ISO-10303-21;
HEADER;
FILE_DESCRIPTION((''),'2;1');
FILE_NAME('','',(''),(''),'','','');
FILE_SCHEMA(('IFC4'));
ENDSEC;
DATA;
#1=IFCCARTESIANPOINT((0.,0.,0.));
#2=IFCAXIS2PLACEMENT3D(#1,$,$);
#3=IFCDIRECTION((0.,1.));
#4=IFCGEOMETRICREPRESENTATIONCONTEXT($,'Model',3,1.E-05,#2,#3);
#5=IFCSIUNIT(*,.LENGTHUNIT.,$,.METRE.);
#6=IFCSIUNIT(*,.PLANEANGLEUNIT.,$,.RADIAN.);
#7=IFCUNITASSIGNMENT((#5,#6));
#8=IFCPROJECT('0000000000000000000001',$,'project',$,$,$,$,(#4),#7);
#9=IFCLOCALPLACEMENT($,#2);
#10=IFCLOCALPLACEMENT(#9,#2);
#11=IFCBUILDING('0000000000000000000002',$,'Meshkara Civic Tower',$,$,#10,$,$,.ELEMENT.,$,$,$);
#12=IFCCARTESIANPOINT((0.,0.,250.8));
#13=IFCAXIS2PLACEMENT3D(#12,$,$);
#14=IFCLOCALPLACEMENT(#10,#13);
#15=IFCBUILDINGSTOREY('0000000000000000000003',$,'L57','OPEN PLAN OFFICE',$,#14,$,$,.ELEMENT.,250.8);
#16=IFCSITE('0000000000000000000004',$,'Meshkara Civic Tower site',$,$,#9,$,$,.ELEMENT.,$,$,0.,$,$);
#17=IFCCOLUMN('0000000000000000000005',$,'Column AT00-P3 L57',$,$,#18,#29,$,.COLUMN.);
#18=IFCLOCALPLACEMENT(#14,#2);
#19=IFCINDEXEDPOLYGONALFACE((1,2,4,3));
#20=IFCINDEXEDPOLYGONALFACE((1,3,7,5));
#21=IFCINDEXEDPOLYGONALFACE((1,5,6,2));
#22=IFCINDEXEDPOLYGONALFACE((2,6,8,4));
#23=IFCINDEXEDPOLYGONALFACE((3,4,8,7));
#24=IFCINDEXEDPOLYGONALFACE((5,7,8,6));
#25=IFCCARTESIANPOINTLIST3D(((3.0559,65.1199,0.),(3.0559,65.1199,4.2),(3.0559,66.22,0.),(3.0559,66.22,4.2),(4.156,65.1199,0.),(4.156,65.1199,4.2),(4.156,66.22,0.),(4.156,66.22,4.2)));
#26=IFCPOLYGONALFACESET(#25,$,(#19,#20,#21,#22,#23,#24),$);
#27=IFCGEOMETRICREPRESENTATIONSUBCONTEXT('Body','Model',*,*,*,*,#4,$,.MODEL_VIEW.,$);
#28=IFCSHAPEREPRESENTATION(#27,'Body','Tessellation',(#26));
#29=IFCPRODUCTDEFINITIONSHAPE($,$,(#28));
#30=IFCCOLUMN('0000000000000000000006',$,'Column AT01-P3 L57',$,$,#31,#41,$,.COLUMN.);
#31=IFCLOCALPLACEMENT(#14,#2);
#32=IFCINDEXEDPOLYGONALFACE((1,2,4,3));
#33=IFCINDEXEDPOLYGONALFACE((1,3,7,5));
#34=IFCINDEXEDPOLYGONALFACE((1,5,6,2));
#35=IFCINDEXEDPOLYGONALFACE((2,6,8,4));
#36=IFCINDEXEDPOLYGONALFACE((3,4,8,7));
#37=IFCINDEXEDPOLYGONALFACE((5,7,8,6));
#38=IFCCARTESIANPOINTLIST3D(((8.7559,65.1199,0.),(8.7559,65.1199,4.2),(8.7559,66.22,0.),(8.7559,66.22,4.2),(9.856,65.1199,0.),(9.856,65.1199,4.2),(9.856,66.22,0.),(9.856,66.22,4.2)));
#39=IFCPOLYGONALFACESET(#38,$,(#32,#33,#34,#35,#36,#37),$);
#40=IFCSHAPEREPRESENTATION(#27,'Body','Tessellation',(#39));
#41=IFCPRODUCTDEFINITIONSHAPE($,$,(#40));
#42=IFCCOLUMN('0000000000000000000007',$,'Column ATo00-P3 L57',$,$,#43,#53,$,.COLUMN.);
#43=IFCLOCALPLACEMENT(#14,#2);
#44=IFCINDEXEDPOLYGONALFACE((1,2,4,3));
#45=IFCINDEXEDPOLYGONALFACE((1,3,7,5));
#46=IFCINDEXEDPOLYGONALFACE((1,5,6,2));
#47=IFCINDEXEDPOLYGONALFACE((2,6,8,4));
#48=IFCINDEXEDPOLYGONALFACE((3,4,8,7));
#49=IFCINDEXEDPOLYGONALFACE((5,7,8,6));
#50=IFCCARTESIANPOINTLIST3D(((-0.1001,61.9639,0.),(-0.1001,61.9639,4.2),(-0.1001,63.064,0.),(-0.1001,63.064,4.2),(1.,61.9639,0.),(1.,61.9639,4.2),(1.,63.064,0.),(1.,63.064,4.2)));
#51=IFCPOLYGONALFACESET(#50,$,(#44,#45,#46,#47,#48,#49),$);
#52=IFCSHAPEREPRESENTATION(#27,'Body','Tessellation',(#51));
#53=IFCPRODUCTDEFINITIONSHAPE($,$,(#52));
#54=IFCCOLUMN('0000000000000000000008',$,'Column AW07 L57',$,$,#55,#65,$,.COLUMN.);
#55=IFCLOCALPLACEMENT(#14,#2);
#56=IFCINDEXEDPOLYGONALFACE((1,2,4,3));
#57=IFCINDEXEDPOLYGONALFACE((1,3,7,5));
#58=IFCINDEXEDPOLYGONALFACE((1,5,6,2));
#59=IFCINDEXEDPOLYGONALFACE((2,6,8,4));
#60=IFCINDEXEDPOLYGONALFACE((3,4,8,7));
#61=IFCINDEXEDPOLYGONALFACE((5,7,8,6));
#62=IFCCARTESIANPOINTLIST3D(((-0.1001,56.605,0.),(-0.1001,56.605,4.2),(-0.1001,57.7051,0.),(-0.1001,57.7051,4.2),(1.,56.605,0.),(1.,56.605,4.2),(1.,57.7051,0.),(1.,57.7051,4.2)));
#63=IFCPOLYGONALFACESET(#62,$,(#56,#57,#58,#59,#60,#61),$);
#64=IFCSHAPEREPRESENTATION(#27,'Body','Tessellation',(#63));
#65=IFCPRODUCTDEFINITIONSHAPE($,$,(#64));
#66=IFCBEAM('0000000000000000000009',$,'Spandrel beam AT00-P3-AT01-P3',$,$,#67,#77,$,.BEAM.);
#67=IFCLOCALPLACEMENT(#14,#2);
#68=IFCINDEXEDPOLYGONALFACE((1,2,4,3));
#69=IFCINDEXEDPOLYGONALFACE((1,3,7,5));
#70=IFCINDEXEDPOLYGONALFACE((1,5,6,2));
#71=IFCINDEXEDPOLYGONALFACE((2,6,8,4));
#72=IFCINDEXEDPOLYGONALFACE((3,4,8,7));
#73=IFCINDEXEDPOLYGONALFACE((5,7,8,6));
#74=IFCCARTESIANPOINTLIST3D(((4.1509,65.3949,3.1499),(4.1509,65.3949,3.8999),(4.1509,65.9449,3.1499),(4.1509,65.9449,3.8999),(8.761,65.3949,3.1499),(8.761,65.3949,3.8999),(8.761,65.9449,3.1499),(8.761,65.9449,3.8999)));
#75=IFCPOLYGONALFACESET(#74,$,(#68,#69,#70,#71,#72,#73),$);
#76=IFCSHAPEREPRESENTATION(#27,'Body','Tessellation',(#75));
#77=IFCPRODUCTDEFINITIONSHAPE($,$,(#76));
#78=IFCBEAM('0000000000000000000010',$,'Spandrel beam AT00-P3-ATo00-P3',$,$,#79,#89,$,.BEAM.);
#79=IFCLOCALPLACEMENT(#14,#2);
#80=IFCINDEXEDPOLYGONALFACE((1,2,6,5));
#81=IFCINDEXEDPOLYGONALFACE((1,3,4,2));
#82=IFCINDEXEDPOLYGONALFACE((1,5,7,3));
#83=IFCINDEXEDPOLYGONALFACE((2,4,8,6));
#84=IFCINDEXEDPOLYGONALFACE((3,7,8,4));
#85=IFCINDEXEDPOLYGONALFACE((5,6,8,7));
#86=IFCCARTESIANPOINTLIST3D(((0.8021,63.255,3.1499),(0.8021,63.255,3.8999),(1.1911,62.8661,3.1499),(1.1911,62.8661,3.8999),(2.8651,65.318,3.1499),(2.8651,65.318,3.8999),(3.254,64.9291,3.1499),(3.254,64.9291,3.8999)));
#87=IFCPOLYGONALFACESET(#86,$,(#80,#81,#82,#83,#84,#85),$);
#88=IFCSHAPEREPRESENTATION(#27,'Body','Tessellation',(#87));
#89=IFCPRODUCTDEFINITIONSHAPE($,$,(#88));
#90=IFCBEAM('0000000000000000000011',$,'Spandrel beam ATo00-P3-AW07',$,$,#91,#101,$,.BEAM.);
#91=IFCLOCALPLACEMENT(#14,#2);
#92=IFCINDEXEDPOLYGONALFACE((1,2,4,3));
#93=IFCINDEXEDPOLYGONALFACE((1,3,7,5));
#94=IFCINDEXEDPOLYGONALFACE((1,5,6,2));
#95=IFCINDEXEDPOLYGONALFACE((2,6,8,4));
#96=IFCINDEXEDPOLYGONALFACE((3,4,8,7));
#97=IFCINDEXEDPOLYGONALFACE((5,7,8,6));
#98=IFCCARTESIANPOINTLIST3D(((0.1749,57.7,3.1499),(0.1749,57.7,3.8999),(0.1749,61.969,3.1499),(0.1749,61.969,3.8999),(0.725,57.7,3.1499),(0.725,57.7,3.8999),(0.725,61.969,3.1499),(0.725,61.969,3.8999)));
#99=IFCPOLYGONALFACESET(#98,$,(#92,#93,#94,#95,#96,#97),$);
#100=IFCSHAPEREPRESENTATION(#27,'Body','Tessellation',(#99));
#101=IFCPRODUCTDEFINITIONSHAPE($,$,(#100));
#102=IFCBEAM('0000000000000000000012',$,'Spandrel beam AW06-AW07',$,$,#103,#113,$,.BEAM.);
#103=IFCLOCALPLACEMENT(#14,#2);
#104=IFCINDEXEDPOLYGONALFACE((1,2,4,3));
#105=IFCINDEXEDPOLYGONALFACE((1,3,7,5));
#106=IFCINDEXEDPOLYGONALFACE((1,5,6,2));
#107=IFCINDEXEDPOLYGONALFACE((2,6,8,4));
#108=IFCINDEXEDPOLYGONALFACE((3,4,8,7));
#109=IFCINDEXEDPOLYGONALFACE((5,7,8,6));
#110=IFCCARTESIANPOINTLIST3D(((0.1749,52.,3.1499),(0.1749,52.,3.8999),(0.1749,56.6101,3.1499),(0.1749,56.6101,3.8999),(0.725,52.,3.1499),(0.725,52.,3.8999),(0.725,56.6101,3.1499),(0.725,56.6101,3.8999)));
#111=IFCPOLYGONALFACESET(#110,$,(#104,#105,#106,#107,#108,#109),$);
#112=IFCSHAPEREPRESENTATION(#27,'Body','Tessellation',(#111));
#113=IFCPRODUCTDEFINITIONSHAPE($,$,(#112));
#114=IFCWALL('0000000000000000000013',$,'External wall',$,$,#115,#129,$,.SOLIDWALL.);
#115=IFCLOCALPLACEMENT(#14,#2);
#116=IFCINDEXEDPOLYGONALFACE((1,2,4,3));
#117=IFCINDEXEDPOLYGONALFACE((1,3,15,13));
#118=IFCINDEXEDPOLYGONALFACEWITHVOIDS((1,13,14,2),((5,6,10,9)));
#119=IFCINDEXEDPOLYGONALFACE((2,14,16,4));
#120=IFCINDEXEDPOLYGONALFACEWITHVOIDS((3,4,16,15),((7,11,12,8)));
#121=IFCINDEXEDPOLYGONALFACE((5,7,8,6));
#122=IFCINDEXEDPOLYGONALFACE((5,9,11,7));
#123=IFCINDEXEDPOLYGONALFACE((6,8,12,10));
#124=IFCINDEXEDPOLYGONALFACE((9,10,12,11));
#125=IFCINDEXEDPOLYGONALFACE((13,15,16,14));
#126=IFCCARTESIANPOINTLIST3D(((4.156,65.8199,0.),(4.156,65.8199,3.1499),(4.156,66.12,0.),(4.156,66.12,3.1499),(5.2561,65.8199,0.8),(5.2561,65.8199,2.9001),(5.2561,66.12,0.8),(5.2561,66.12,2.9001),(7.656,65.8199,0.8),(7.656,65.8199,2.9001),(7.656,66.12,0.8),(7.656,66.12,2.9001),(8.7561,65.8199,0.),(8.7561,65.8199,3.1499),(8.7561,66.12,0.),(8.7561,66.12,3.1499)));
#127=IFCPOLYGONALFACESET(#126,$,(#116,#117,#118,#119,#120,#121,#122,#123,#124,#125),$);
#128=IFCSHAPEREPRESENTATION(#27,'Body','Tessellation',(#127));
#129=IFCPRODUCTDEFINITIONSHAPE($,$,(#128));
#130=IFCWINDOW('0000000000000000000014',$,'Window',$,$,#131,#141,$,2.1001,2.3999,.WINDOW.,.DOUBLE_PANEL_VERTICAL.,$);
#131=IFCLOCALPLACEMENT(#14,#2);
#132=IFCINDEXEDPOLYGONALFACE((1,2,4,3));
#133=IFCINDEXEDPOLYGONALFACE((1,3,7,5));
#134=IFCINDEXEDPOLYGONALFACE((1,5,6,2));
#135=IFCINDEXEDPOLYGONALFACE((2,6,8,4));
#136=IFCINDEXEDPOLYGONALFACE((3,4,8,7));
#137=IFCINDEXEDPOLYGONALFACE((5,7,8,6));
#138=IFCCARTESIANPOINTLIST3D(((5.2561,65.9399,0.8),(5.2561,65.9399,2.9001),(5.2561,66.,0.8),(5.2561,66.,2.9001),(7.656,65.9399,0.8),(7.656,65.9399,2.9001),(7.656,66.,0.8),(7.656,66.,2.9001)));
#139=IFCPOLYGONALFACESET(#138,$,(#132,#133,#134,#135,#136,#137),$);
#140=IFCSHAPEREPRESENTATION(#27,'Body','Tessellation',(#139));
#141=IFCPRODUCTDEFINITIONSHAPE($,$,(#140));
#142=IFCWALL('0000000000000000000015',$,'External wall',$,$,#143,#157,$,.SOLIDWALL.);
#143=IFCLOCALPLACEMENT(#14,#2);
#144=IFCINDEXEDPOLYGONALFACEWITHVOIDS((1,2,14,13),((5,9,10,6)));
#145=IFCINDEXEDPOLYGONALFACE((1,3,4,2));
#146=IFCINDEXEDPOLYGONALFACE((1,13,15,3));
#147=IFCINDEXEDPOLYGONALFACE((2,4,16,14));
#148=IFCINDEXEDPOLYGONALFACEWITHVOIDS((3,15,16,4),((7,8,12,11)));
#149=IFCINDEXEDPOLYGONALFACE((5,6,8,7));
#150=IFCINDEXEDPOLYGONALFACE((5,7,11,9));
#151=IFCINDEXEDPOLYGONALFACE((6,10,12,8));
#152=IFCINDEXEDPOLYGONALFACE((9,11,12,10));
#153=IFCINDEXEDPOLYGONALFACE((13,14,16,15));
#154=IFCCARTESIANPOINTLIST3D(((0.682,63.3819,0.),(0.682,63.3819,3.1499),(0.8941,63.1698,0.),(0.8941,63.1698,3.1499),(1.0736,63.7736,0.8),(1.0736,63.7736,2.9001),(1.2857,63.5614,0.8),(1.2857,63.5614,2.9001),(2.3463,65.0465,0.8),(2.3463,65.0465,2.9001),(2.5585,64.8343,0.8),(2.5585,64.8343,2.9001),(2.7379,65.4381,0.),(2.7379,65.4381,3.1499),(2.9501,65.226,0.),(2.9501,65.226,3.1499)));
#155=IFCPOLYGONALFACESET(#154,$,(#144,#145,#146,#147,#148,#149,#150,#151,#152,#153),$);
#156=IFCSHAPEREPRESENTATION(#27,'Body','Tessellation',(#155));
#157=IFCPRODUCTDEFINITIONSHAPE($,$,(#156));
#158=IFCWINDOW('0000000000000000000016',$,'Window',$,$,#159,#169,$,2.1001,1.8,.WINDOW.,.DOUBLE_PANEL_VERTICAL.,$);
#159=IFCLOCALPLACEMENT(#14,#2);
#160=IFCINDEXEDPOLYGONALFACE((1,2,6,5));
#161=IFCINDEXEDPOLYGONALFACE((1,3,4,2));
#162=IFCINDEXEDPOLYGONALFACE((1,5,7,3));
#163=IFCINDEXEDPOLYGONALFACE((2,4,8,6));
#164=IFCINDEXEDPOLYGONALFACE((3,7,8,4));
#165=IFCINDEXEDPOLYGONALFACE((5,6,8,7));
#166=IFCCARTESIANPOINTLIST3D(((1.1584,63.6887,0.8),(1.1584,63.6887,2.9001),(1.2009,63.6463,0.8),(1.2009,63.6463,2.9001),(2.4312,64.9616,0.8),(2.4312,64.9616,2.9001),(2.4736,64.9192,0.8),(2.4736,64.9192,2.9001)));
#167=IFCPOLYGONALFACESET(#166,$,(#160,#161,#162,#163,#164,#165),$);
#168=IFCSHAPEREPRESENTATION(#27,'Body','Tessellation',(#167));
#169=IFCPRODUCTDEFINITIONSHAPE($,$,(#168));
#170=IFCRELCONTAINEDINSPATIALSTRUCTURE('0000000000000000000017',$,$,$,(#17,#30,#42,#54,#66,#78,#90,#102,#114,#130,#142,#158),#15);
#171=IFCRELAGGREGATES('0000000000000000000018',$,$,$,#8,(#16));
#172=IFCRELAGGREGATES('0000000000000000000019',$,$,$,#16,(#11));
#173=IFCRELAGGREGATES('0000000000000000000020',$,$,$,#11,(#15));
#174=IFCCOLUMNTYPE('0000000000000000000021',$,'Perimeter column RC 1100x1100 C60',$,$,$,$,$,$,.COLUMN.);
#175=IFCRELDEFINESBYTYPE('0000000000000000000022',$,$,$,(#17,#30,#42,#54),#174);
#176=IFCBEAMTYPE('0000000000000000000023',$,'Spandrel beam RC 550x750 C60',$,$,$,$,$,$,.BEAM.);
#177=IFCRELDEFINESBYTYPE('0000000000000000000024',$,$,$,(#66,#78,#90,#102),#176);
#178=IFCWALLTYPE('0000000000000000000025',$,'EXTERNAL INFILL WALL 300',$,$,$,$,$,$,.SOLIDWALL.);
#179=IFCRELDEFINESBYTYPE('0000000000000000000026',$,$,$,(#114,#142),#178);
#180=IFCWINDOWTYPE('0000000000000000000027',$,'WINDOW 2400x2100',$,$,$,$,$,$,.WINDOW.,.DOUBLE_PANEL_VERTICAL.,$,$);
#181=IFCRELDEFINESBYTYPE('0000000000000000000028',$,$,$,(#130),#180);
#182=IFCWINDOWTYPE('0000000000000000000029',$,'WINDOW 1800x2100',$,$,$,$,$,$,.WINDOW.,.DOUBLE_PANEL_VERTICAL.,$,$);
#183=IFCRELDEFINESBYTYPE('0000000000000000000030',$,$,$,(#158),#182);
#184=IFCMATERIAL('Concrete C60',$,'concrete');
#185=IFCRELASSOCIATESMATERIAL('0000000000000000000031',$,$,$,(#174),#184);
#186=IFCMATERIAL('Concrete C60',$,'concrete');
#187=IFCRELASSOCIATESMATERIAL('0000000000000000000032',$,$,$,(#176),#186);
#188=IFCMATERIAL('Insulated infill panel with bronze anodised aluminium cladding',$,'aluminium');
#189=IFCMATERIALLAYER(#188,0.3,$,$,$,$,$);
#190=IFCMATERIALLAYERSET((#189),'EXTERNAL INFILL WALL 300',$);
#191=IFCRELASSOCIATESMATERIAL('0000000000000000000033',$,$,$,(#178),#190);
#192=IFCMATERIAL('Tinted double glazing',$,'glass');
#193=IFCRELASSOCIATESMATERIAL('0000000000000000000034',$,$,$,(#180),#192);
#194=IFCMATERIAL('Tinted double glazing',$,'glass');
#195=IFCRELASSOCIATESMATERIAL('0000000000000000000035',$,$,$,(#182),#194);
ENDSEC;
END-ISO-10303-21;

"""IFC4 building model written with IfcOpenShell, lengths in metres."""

from ifc_helpers import new_model, si_unit, direction, frame, frame_2d, origin, origin_2d, place, context, subcontext, project, spatial, rectangle, extrude, material, layer, layer_set, material_profile, profile_set, type_object, element, fill, save


model = new_model("IFC4")

# Units and contexts
model_context = context("Model", 3, precision=1e-05, world=origin(), true_north=direction((0.0, 1.0)))
body_context = subcontext(model_context, "Body", "Model", "MODEL_VIEW")
ifc_project = project(units=[si_unit("LENGTHUNIT", "METRE"), si_unit("PLANEANGLEUNIT", "RADIAN")], contexts=[model_context])

# Site, building, storey
site_placement = place(None, origin())
site = spatial("IfcSite", under=ifc_project, at=site_placement, Name="Meshkara Civic Tower site", CompositionType="ELEMENT", RefElevation=0.0)
building_placement = place(site_placement, origin())
building = spatial("IfcBuilding", under=site, at=building_placement, Name="Meshkara Civic Tower", CompositionType="ELEMENT")
storey_placement = place(building_placement, frame((0.0, 0.0, 250.8)))
storey = spatial("IfcBuildingStorey", under=building, at=storey_placement, Name="L57", Description="OPEN PLAN OFFICE", CompositionType="ELEMENT", Elevation=250.8)

# Columns
ifc_material_1 = material(Name="Concrete C60", Category="concrete")
ifc_material_profile_1 = material_profile(ifc_material_1, rectangle(XDim=1.1001, YDim=1.1001, at=origin_2d()))
ifc_profile_set_1 = profile_set([ifc_material_profile_1], Name="Concrete C60")
column_type = type_object("IfcColumnType", Name="Perimeter column RC 1100x1100 C60", PredefinedType="COLUMN", material=ifc_profile_set_1)
for number, where, z_axis, x_axis, name in (
    (1, (3.606, 65.6699, 0.0), (0.0, 0.0, 1.0), (1.0, 0.0, 0.0), "Column AT00-P3 L57"),
    (2, (9.3059, 65.6699, 0.0), (0.0, 0.0, 1.0), (1.0, 0.0, 0.0), "Column AT01-P3 L57"),
    (3, (0.45, 62.5139, 0.0), (0.0, 0.0, 1.0), (1.0, 0.0, 0.0), "Column ATo00-P3 L57"),
    (4, (0.45, 57.155, 0.0), (0.0, 0.0, 1.0), (1.0, 0.0, 0.0), "Column AW07 L57"),
):
    element("IfcColumn", number, at=place(storey_placement, frame(where, z_axis=z_axis, x_axis=x_axis)), inside=storey, type_object=column_type, Name=name, PredefinedType="COLUMN", context=body_context, shape_type="SweptSolid", body=[
        extrude(rectangle(XDim=1.1001, YDim=1.1001, at=origin_2d()), origin(), (0.0, 0.0, 1.0), 4.2),
    ])

# Beams
ifc_material_2 = material(Name="Concrete C60", Category="concrete")
ifc_material_profile_2 = material_profile(ifc_material_2, rectangle(XDim=0.55, YDim=0.75, at=origin_2d()))
ifc_profile_set_2 = profile_set([ifc_material_profile_2], Name="Concrete C60")
beam_type = type_object("IfcBeamType", Name="Spandrel beam RC 550x750 C60", PredefinedType="BEAM", material=ifc_profile_set_2)
beam_1_placement = place(storey_placement, frame((8.761, 65.6699, 3.5249), z_axis=(-1.0, 0.0, 0.0), x_axis=(0.0, -1.0, 0.0)))
element("IfcBeam", 5, at=beam_1_placement, inside=storey, type_object=beam_type, Name="Spandrel beam AT00-P3-AT01-P3", PredefinedType="BEAM", context=body_context, shape_type="SweptSolid", body=[
    extrude(rectangle(XDim=0.55, YDim=0.75, at=origin_2d()), origin(), (0.0, 0.0, 1.0), 4.6101),
])
beam_2_placement = place(storey_placement, frame((3.0596, 65.1235, 3.5249), z_axis=(-0.707107, -0.707107, 0.0), x_axis=(0.707107, -0.707107, 0.0)))
element("IfcBeam", 6, at=beam_2_placement, inside=storey, type_object=beam_type, Name="Spandrel beam AT00-P3-ATo00-P3", PredefinedType="BEAM", context=body_context, shape_type="SweptSolid", body=[
    extrude(rectangle(XDim=0.55, YDim=0.75, at=origin_2d()), origin(), (0.0, 0.0, 1.0), 2.9175),
])
beam_3_placement = place(storey_placement, frame((0.45, 61.969, 3.5249), z_axis=(0.0, -1.0, 0.0), x_axis=(1.0, 0.0, 0.0)))
element("IfcBeam", 7, at=beam_3_placement, inside=storey, type_object=beam_type, Name="Spandrel beam ATo00-P3-AW07", PredefinedType="BEAM", context=body_context, shape_type="SweptSolid", body=[
    extrude(rectangle(XDim=0.55, YDim=0.75, at=origin_2d()), origin(), (0.0, 0.0, 1.0), 4.269),
])
beam_4_placement = place(storey_placement, frame((0.45, 56.6101, 3.5249), z_axis=(0.0, -1.0, 0.0), x_axis=(1.0, 0.0, 0.0)))
element("IfcBeam", 8, at=beam_4_placement, inside=storey, type_object=beam_type, Name="Spandrel beam AW06-AW07", PredefinedType="BEAM", context=body_context, shape_type="SweptSolid", body=[
    extrude(rectangle(XDim=0.55, YDim=0.75, at=origin_2d()), origin(), (0.0, 0.0, 1.0), 4.6101),
])

# Walls, openings, windows
ifc_material_3 = material(Name="Insulated infill panel with bronze anodised aluminium cladding", Category="aluminium")
ifc_layer_1 = layer(ifc_material_3, 0.3)
ifc_layer_set_1 = layer_set([ifc_layer_1], Name="EXTERNAL INFILL WALL 300")
wall_type_1 = type_object("IfcWallType", Name="EXTERNAL INFILL WALL 300", PredefinedType="SOLIDWALL", material=ifc_layer_set_1)
wall_1_placement = place(storey_placement, frame((8.7561, 65.97, 0.0), z_axis=(0.0, 0.0, 1.0), x_axis=(-1.0, 0.0, 0.0)))
wall_1 = element("IfcWall", 9, at=wall_1_placement, inside=storey, type_object=wall_type_1, Name="External wall", PredefinedType="SOLIDWALL", context=body_context, shape_type="SweptSolid", body=[
    extrude(rectangle(XDim=4.6001, YDim=0.3, at=frame_2d((2.3, 0.0))), origin(), (0.0, 0.0, 1.0), 3.1499),
])
opening_1_placement = place(wall_1_placement, frame((1.1001, 0.0, 0.8)))
opening_1 = element("IfcOpeningElement", 10, at=opening_1_placement, cuts=wall_1, PredefinedType="OPENING", context=body_context, shape_type="SweptSolid", body=[
    extrude(rectangle(XDim=2.3999, YDim=2.1001, at=frame_2d((1.2, 1.05))), frame((0.0, 0.1599, 0.0), z_axis=(0.0, -1.0, 0.0), x_axis=(1.0, 0.0, 0.0)), (0.0, 0.0, 1.0), 0.3201),
])
ifc_material_4 = material(Name="Tinted double glazing", Category="glass")
window_type_1 = type_object("IfcWindowType", Name="WINDOW 2400x2100", PartitioningType="DOUBLE_PANEL_VERTICAL", PredefinedType="WINDOW", material=ifc_material_4)
window_1_placement = place(opening_1_placement, origin())
window_1 = element("IfcWindow", 11, at=window_1_placement, inside=storey, type_object=window_type_1, Name="Window", OverallHeight=2.1001, OverallWidth=2.3999, PartitioningType="DOUBLE_PANEL_VERTICAL", PredefinedType="WINDOW", context=body_context, shape_type="SweptSolid", body=[
    extrude(rectangle(XDim=2.3999, YDim=2.1001, at=frame_2d((1.2, 1.05))), frame((0.0, 0.03, 0.0), z_axis=(0.0, -1.0, 0.0), x_axis=(1.0, 0.0, 0.0)), (0.0, 0.0, 1.0), 0.0601),
])
fill(opening_1, window_1)
wall_2_placement = place(storey_placement, frame((2.844, 65.332, 0.0), z_axis=(0.0, 0.0, 1.0), x_axis=(-0.707065, -0.707149, 0.0)))
wall_2 = element("IfcWall", 12, at=wall_2_placement, inside=storey, type_object=wall_type_1, Name="External wall", PredefinedType="SOLIDWALL", context=body_context, shape_type="SweptSolid", body=[
    extrude(rectangle(XDim=2.9077, YDim=0.3, at=frame_2d((1.4539, 0.0))), origin(), (0.0, 0.0, 1.0), 3.1499),
])
opening_2_placement = place(wall_2_placement, frame((0.554, 0.0, 0.8)))
opening_2 = element("IfcOpeningElement", 13, at=opening_2_placement, cuts=wall_2, PredefinedType="OPENING", context=body_context, shape_type="SweptSolid", body=[
    extrude(rectangle(XDim=1.8, YDim=2.1001, at=frame_2d((0.8999, 1.05))), frame((0.0, 0.1599, 0.0), z_axis=(0.0, -1.0, 0.0), x_axis=(1.0, 0.0, 0.0)), (0.0, 0.0, 1.0), 0.3201),
])
ifc_material_5 = material(Name="Tinted double glazing", Category="glass")
window_type_2 = type_object("IfcWindowType", Name="WINDOW 1800x2100", PartitioningType="DOUBLE_PANEL_VERTICAL", PredefinedType="WINDOW", material=ifc_material_5)
window_2_placement = place(opening_2_placement, origin())
window_2 = element("IfcWindow", 14, at=window_2_placement, inside=storey, type_object=window_type_2, Name="Window", OverallHeight=2.1001, OverallWidth=1.8, PartitioningType="DOUBLE_PANEL_VERTICAL", PredefinedType="WINDOW", context=body_context, shape_type="SweptSolid", body=[
    extrude(rectangle(XDim=1.8, YDim=2.1001, at=frame_2d((0.8999, 1.05))), frame((0.0, 0.03, 0.0), z_axis=(0.0, -1.0, 0.0), x_axis=(1.0, 0.0, 0.0)), (0.0, 0.0, 1.0), 0.0601),
])
fill(opening_2, window_2)

save(model, "model.ifc")
